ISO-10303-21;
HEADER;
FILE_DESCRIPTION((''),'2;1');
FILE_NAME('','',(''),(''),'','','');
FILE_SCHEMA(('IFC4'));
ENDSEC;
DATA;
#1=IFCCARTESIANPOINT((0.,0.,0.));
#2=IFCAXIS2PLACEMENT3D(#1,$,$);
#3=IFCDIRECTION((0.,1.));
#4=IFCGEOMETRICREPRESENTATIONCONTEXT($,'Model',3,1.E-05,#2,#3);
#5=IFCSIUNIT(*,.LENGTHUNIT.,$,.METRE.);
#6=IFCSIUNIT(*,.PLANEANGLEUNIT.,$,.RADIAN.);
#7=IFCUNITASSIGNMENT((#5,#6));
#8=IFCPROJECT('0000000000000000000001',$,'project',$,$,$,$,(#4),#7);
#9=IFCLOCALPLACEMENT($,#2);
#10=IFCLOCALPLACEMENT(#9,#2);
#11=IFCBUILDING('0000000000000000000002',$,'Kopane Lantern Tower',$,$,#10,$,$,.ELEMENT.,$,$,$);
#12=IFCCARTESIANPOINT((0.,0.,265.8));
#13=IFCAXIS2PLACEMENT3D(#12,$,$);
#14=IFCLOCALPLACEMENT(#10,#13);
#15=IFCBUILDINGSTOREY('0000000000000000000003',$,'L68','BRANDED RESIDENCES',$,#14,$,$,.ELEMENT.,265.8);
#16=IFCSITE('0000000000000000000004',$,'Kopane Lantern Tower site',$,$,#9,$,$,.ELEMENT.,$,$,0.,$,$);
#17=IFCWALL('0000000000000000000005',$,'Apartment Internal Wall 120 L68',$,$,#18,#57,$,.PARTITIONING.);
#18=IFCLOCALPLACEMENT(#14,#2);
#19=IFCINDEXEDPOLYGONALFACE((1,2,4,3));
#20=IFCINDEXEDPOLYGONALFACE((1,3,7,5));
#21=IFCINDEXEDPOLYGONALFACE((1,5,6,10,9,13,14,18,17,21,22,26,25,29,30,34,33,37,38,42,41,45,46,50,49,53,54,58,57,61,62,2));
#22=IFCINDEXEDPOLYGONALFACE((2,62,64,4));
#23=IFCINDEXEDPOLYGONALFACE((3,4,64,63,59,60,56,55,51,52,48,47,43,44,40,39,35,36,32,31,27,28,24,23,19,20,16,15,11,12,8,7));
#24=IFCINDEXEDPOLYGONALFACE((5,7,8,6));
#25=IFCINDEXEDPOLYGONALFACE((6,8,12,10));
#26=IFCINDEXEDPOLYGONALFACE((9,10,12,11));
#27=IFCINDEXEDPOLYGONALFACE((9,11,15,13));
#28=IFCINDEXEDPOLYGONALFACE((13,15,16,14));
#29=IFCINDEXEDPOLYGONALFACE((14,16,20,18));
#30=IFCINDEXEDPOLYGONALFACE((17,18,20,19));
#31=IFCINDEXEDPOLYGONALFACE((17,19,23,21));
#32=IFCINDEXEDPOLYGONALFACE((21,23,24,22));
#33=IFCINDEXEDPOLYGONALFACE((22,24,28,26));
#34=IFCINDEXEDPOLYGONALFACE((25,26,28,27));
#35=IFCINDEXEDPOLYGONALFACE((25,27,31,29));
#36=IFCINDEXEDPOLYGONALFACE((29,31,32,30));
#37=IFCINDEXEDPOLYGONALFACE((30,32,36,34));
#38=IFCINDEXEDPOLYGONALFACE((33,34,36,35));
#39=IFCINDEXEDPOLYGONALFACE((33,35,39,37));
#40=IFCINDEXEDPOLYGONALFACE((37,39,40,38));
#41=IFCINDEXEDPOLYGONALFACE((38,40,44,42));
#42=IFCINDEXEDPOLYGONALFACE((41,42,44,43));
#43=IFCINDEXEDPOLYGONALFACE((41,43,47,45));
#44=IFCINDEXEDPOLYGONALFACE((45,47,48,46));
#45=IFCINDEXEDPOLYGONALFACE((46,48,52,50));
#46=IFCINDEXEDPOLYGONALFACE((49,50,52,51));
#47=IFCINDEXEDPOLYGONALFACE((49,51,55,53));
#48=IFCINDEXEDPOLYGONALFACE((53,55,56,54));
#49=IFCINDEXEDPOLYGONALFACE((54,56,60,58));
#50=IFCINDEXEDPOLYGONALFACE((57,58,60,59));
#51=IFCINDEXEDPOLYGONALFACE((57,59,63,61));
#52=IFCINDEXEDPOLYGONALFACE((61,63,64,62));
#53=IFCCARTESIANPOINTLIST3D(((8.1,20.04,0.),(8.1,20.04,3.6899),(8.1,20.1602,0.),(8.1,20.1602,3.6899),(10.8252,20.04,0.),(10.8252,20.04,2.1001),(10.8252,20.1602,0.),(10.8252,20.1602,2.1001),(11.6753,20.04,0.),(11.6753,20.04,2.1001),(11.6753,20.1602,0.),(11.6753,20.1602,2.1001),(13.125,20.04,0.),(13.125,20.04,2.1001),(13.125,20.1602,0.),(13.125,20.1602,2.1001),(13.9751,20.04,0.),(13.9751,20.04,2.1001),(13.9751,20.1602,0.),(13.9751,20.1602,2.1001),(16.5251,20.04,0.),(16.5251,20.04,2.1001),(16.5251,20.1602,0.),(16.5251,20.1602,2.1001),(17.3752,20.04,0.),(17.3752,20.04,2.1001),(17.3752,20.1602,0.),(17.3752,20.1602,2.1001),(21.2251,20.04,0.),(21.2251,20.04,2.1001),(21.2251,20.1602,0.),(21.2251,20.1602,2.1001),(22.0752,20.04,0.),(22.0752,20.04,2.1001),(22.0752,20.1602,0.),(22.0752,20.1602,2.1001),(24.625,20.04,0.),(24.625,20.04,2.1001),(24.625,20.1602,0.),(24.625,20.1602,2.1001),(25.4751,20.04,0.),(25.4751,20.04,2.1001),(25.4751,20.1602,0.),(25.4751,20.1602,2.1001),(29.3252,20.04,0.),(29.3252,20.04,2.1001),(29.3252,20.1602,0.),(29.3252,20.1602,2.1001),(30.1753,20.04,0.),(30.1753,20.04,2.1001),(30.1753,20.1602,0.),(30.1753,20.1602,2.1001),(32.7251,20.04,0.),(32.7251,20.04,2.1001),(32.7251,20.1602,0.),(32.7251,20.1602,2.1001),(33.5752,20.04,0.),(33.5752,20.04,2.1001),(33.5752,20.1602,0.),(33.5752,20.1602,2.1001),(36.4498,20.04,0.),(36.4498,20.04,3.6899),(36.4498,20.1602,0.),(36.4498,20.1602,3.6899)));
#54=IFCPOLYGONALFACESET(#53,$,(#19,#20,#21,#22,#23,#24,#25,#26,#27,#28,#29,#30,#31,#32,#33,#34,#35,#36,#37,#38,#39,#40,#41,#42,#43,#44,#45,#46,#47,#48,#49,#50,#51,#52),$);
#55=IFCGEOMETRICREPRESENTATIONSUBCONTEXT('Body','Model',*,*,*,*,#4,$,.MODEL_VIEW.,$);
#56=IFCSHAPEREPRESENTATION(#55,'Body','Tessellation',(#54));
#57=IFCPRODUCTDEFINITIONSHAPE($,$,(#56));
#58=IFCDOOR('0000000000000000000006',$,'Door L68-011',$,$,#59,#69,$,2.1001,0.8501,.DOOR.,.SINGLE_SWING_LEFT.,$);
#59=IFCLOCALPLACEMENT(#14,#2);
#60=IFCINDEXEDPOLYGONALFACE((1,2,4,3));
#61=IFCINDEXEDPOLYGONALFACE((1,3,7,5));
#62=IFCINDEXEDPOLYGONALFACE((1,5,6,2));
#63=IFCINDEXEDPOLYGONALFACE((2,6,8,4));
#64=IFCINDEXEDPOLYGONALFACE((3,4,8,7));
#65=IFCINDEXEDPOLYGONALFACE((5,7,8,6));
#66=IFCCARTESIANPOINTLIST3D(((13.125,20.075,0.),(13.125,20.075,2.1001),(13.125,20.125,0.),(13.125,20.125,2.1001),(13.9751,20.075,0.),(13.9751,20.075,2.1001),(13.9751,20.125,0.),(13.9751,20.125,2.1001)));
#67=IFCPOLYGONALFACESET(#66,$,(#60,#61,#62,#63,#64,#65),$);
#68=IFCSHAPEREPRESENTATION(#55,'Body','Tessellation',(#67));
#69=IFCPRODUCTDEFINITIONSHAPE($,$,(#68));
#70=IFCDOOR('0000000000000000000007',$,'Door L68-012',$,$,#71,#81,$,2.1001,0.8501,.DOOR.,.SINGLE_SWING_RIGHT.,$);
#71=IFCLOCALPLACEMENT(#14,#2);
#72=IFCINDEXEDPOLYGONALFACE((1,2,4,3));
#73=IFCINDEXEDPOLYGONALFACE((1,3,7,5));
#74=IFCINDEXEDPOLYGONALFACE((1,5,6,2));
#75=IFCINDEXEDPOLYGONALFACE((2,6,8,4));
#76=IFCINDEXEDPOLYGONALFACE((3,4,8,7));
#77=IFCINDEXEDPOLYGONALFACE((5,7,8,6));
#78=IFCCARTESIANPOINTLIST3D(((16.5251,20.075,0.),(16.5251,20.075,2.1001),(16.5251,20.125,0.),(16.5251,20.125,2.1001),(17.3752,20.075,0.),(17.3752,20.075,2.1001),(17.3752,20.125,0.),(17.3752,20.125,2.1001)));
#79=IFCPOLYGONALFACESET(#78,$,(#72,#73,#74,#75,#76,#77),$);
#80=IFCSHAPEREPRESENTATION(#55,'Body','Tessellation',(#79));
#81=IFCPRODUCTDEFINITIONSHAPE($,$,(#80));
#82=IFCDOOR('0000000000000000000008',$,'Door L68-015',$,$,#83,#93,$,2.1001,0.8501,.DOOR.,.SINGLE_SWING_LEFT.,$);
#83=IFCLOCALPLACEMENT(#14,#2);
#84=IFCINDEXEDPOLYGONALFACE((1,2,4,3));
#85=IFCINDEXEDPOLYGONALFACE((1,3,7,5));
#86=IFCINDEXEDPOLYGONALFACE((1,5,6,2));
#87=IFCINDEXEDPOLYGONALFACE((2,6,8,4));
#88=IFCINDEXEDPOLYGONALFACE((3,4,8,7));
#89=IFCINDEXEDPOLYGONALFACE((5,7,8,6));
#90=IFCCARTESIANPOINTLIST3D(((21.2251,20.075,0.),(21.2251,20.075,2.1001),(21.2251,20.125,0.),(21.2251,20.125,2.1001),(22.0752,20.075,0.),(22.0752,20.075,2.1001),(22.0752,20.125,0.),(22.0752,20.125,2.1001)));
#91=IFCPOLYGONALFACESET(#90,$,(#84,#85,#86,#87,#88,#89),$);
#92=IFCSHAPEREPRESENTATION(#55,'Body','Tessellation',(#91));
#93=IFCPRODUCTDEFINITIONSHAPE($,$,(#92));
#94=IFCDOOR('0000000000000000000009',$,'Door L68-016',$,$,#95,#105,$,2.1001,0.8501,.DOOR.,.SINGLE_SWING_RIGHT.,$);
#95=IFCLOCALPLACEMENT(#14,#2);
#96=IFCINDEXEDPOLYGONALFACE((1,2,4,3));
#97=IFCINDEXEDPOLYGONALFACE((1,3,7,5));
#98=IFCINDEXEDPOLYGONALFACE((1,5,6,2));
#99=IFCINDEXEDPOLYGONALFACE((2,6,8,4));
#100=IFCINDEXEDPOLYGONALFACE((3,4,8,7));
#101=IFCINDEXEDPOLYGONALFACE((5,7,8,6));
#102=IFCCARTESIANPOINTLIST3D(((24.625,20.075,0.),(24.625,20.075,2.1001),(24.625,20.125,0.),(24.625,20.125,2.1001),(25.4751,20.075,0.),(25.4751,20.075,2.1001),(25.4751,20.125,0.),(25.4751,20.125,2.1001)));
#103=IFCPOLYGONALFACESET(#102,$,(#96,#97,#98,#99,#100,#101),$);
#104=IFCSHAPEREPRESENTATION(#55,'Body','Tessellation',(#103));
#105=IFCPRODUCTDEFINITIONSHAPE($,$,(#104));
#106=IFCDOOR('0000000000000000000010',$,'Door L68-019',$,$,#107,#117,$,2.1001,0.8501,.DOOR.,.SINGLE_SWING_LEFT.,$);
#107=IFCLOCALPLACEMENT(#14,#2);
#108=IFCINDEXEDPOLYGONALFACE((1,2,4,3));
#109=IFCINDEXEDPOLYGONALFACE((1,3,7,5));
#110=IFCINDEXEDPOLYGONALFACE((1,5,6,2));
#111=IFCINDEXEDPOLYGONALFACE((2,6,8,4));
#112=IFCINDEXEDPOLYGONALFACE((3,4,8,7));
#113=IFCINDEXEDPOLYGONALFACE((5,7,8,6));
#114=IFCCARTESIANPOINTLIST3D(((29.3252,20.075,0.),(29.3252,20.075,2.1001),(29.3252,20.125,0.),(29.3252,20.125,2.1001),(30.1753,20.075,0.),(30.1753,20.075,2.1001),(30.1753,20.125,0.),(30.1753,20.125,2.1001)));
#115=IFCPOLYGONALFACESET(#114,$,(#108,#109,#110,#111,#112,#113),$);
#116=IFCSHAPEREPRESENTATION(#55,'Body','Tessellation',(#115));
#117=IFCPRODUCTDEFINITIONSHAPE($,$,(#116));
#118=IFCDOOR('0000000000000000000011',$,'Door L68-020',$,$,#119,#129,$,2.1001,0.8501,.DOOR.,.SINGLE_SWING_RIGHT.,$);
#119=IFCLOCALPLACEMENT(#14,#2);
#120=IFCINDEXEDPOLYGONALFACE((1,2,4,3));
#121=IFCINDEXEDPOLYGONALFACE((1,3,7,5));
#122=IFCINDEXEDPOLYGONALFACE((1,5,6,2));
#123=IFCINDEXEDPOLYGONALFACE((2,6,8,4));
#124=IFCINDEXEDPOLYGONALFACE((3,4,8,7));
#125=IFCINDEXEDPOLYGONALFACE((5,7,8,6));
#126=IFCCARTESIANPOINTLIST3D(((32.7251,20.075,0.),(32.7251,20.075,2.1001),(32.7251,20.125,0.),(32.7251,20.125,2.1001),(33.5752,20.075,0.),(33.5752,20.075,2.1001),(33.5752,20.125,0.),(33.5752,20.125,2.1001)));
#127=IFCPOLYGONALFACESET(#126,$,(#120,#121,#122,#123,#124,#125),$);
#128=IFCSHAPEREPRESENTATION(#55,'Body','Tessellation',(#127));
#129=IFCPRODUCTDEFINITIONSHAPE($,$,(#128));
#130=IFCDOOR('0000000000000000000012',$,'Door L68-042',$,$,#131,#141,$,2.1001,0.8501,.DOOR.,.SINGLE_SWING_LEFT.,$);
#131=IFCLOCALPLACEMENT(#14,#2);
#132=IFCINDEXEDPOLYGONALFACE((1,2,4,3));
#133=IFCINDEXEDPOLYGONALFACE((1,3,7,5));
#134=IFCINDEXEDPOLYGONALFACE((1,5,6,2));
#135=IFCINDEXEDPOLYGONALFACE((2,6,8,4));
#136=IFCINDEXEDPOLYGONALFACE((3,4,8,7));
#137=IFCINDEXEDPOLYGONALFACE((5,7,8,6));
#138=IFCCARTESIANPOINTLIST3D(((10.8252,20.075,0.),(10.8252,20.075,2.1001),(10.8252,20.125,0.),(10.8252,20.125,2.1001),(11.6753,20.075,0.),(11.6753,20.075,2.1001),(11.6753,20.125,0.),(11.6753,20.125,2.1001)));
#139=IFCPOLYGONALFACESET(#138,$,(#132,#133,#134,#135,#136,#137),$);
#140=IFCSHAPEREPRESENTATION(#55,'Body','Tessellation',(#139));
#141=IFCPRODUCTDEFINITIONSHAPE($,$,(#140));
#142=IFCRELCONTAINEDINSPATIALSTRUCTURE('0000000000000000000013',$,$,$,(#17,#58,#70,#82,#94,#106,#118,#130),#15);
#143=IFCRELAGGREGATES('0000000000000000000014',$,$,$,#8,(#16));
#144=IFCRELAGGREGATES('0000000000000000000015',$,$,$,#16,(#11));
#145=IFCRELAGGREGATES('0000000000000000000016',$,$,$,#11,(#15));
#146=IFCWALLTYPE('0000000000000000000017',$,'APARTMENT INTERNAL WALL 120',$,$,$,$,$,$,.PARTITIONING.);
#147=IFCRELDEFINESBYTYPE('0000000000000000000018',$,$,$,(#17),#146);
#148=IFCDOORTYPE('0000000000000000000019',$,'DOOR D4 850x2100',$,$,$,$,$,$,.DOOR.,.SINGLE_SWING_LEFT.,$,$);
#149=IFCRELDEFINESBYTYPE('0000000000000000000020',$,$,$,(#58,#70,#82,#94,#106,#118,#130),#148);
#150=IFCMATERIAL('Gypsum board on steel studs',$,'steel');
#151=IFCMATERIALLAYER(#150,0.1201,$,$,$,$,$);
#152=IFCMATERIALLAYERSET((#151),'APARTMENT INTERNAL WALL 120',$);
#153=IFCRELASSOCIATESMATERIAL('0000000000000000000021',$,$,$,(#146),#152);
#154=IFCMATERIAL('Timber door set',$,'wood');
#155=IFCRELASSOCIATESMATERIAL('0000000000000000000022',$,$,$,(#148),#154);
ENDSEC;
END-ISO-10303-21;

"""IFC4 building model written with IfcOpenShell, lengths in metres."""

from ifc_helpers import new_model, si_unit, direction, frame, frame_2d, origin, place, context, subcontext, project, spatial, rectangle, extrude, material, layer, layer_set, type_object, element, fill, save


model = new_model("IFC4")

# Units and contexts
model_context = context("Model", 3, precision=1e-05, world=origin(), true_north=direction((0.0, 1.0)))
body_context = subcontext(model_context, "Body", "Model", "MODEL_VIEW")
ifc_project = project(units=[si_unit("LENGTHUNIT", "METRE"), si_unit("PLANEANGLEUNIT", "RADIAN")], contexts=[model_context])

# Site, building, storey
site_placement = place(None, origin())
site = spatial("IfcSite", under=ifc_project, at=site_placement, Name="Kopane Lantern Tower site", CompositionType="ELEMENT", RefElevation=0.0)
building_placement = place(site_placement, origin())
building = spatial("IfcBuilding", under=site, at=building_placement, Name="Kopane Lantern Tower", CompositionType="ELEMENT")
storey_placement = place(building_placement, frame((0.0, 0.0, 265.8)))
storey = spatial("IfcBuildingStorey", under=building, at=storey_placement, Name="L68", Description="BRANDED RESIDENCES", CompositionType="ELEMENT", Elevation=265.8)

# Wall, openings, doors
ifc_material_1 = material(Name="Gypsum board on steel studs", Category="steel")
ifc_layer_1 = layer(ifc_material_1, 0.1201)
ifc_layer_set_1 = layer_set([ifc_layer_1], Name="APARTMENT INTERNAL WALL 120")
wall_type = type_object("IfcWallType", Name="APARTMENT INTERNAL WALL 120", PredefinedType="PARTITIONING", material=ifc_layer_set_1)
wall_placement = place(storey_placement, frame((8.1001, 20.1001, 0.0), z_axis=(0.0, 0.0, 1.0), x_axis=(1.0, 0.0, 0.0)))
wall = element("IfcWall", 1, at=wall_placement, inside=storey, type_object=wall_type, Name="Apartment Internal Wall 120 L68", PredefinedType="PARTITIONING", context=body_context, shape_type="SweptSolid", body=[
    extrude(rectangle(XDim=28.3499, YDim=0.1201, at=frame_2d((14.1748, 0.0))), origin(), (0.0, 0.0, 1.0), 3.6899),
])
opening_1_placement = place(wall_placement, frame((5.0249, 0.0, 0.0)))
opening_1 = element("IfcOpeningElement", 2, at=opening_1_placement, cuts=wall, PredefinedType="OPENING", context=body_context, shape_type="SweptSolid", body=[
    extrude(rectangle(XDim=0.8501, YDim=2.1001, at=frame_2d((0.425, 1.05))), frame((0.0, 0.0701, 0.0), z_axis=(0.0, -1.0, 0.0), x_axis=(1.0, 0.0, 0.0)), (0.0, 0.0, 1.0), 0.1401),
])
opening_2_placement = place(wall_placement, frame((8.425, 0.0, 0.0)))
opening_2 = element("IfcOpeningElement", 3, at=opening_2_placement, cuts=wall, PredefinedType="OPENING", context=body_context, shape_type="SweptSolid", body=[
    extrude(rectangle(XDim=0.8501, YDim=2.1001, at=frame_2d((0.425, 1.05))), frame((0.0, 0.0701, 0.0), z_axis=(0.0, -1.0, 0.0), x_axis=(1.0, 0.0, 0.0)), (0.0, 0.0, 1.0), 0.1401),
])
opening_3_placement = place(wall_placement, frame((13.125, 0.0, 0.0)))
opening_3 = element("IfcOpeningElement", 4, at=opening_3_placement, cuts=wall, PredefinedType="OPENING", context=body_context, shape_type="SweptSolid", body=[
    extrude(rectangle(XDim=0.8501, YDim=2.1001, at=frame_2d((0.425, 1.05))), frame((0.0, 0.0701, 0.0), z_axis=(0.0, -1.0, 0.0), x_axis=(1.0, 0.0, 0.0)), (0.0, 0.0, 1.0), 0.1401),
])
opening_4_placement = place(wall_placement, frame((16.5249, 0.0, 0.0)))
opening_4 = element("IfcOpeningElement", 5, at=opening_4_placement, cuts=wall, PredefinedType="OPENING", context=body_context, shape_type="SweptSolid", body=[
    extrude(rectangle(XDim=0.8501, YDim=2.1001, at=frame_2d((0.425, 1.05))), frame((0.0, 0.0701, 0.0), z_axis=(0.0, -1.0, 0.0), x_axis=(1.0, 0.0, 0.0)), (0.0, 0.0, 1.0), 0.1401),
])
opening_5_placement = place(wall_placement, frame((21.2251, 0.0, 0.0)))
opening_5 = element("IfcOpeningElement", 6, at=opening_5_placement, cuts=wall, PredefinedType="OPENING", context=body_context, shape_type="SweptSolid", body=[
    extrude(rectangle(XDim=0.8501, YDim=2.1001, at=frame_2d((0.425, 1.05))), frame((0.0, 0.0701, 0.0), z_axis=(0.0, -1.0, 0.0), x_axis=(1.0, 0.0, 0.0)), (0.0, 0.0, 1.0), 0.1401),
])
opening_6_placement = place(wall_placement, frame((24.625, 0.0, 0.0)))
opening_6 = element("IfcOpeningElement", 7, at=opening_6_placement, cuts=wall, PredefinedType="OPENING", context=body_context, shape_type="SweptSolid", body=[
    extrude(rectangle(XDim=0.8501, YDim=2.1001, at=frame_2d((0.425, 1.05))), frame((0.0, 0.0701, 0.0), z_axis=(0.0, -1.0, 0.0), x_axis=(1.0, 0.0, 0.0)), (0.0, 0.0, 1.0), 0.1401),
])
opening_7_placement = place(wall_placement, frame((2.7251, 0.0, 0.0)))
opening_7 = element("IfcOpeningElement", 8, at=opening_7_placement, cuts=wall, PredefinedType="OPENING", context=body_context, shape_type="SweptSolid", body=[
    extrude(rectangle(XDim=0.8501, YDim=2.1001, at=frame_2d((0.425, 1.05))), frame((0.0, 0.0701, 0.0), z_axis=(0.0, -1.0, 0.0), x_axis=(1.0, 0.0, 0.0)), (0.0, 0.0, 1.0), 0.1401),
])
ifc_material_2 = material(Name="Timber door set", Category="wood")
door_type = type_object("IfcDoorType", Name="DOOR D4 850x2100", OperationType="SINGLE_SWING_LEFT", PredefinedType="DOOR", material=ifc_material_2)
door_1_placement = place(opening_1_placement, origin())
door_1 = element("IfcDoor", 9, at=door_1_placement, inside=storey, type_object=door_type, Name="Door L68-011", OperationType="SINGLE_SWING_LEFT", OverallHeight=2.1001, OverallWidth=0.8501, PredefinedType="DOOR", context=body_context, shape_type="SweptSolid", body=[
    extrude(rectangle(XDim=0.8501, YDim=2.1001, at=frame_2d((0.425, 1.05))), frame((0.0, 0.0249, 0.0), z_axis=(0.0, -1.0, 0.0), x_axis=(1.0, 0.0, 0.0)), (0.0, 0.0, 1.0), 0.05),
])
fill(opening_1, door_1)
door_2_placement = place(opening_2_placement, origin())
door_2 = element("IfcDoor", 10, at=door_2_placement, inside=storey, type_object=door_type, Name="Door L68-012", OperationType="SINGLE_SWING_RIGHT", OverallHeight=2.1001, OverallWidth=0.8501, PredefinedType="DOOR", context=body_context, shape_type="SweptSolid", body=[
    extrude(rectangle(XDim=0.8501, YDim=2.1001, at=frame_2d((0.425, 1.05))), frame((0.0, 0.0249, 0.0), z_axis=(0.0, -1.0, 0.0), x_axis=(1.0, 0.0, 0.0)), (0.0, 0.0, 1.0), 0.05),
])
fill(opening_2, door_2)
door_3_placement = place(opening_3_placement, origin())
door_3 = element("IfcDoor", 11, at=door_3_placement, inside=storey, type_object=door_type, Name="Door L68-015", OperationType="SINGLE_SWING_LEFT", OverallHeight=2.1001, OverallWidth=0.8501, PredefinedType="DOOR", context=body_context, shape_type="SweptSolid", body=[
    extrude(rectangle(XDim=0.8501, YDim=2.1001, at=frame_2d((0.425, 1.05))), frame((0.0, 0.0249, 0.0), z_axis=(0.0, -1.0, 0.0), x_axis=(1.0, 0.0, 0.0)), (0.0, 0.0, 1.0), 0.05),
])
fill(opening_3, door_3)
door_4_placement = place(opening_4_placement, origin())
door_4 = element("IfcDoor", 12, at=door_4_placement, inside=storey, type_object=door_type, Name="Door L68-016", OperationType="SINGLE_SWING_RIGHT", OverallHeight=2.1001, OverallWidth=0.8501, PredefinedType="DOOR", context=body_context, shape_type="SweptSolid", body=[
    extrude(rectangle(XDim=0.8501, YDim=2.1001, at=frame_2d((0.425, 1.05))), frame((0.0, 0.0249, 0.0), z_axis=(0.0, -1.0, 0.0), x_axis=(1.0, 0.0, 0.0)), (0.0, 0.0, 1.0), 0.05),
])
fill(opening_4, door_4)
door_5_placement = place(opening_5_placement, origin())
door_5 = element("IfcDoor", 13, at=door_5_placement, inside=storey, type_object=door_type, Name="Door L68-019", OperationType="SINGLE_SWING_LEFT", OverallHeight=2.1001, OverallWidth=0.8501, PredefinedType="DOOR", context=body_context, shape_type="SweptSolid", body=[
    extrude(rectangle(XDim=0.8501, YDim=2.1001, at=frame_2d((0.425, 1.05))), frame((0.0, 0.0249, 0.0), z_axis=(0.0, -1.0, 0.0), x_axis=(1.0, 0.0, 0.0)), (0.0, 0.0, 1.0), 0.05),
])
fill(opening_5, door_5)
door_6_placement = place(opening_6_placement, origin())
door_6 = element("IfcDoor", 14, at=door_6_placement, inside=storey, type_object=door_type, Name="Door L68-020", OperationType="SINGLE_SWING_RIGHT", OverallHeight=2.1001, OverallWidth=0.8501, PredefinedType="DOOR", context=body_context, shape_type="SweptSolid", body=[
    extrude(rectangle(XDim=0.8501, YDim=2.1001, at=frame_2d((0.425, 1.05))), frame((0.0, 0.0249, 0.0), z_axis=(0.0, -1.0, 0.0), x_axis=(1.0, 0.0, 0.0)), (0.0, 0.0, 1.0), 0.05),
])
fill(opening_6, door_6)
door_7_placement = place(opening_7_placement, origin())
door_7 = element("IfcDoor", 15, at=door_7_placement, inside=storey, type_object=door_type, Name="Door L68-042", OperationType="SINGLE_SWING_LEFT", OverallHeight=2.1001, OverallWidth=0.8501, PredefinedType="DOOR", context=body_context, shape_type="SweptSolid", body=[
    extrude(rectangle(XDim=0.8501, YDim=2.1001, at=frame_2d((0.425, 1.05))), frame((0.0, 0.0249, 0.0), z_axis=(0.0, -1.0, 0.0), x_axis=(1.0, 0.0, 0.0)), (0.0, 0.0, 1.0), 0.05),
])
fill(opening_7, door_7)

save(model, "model.ifc")
